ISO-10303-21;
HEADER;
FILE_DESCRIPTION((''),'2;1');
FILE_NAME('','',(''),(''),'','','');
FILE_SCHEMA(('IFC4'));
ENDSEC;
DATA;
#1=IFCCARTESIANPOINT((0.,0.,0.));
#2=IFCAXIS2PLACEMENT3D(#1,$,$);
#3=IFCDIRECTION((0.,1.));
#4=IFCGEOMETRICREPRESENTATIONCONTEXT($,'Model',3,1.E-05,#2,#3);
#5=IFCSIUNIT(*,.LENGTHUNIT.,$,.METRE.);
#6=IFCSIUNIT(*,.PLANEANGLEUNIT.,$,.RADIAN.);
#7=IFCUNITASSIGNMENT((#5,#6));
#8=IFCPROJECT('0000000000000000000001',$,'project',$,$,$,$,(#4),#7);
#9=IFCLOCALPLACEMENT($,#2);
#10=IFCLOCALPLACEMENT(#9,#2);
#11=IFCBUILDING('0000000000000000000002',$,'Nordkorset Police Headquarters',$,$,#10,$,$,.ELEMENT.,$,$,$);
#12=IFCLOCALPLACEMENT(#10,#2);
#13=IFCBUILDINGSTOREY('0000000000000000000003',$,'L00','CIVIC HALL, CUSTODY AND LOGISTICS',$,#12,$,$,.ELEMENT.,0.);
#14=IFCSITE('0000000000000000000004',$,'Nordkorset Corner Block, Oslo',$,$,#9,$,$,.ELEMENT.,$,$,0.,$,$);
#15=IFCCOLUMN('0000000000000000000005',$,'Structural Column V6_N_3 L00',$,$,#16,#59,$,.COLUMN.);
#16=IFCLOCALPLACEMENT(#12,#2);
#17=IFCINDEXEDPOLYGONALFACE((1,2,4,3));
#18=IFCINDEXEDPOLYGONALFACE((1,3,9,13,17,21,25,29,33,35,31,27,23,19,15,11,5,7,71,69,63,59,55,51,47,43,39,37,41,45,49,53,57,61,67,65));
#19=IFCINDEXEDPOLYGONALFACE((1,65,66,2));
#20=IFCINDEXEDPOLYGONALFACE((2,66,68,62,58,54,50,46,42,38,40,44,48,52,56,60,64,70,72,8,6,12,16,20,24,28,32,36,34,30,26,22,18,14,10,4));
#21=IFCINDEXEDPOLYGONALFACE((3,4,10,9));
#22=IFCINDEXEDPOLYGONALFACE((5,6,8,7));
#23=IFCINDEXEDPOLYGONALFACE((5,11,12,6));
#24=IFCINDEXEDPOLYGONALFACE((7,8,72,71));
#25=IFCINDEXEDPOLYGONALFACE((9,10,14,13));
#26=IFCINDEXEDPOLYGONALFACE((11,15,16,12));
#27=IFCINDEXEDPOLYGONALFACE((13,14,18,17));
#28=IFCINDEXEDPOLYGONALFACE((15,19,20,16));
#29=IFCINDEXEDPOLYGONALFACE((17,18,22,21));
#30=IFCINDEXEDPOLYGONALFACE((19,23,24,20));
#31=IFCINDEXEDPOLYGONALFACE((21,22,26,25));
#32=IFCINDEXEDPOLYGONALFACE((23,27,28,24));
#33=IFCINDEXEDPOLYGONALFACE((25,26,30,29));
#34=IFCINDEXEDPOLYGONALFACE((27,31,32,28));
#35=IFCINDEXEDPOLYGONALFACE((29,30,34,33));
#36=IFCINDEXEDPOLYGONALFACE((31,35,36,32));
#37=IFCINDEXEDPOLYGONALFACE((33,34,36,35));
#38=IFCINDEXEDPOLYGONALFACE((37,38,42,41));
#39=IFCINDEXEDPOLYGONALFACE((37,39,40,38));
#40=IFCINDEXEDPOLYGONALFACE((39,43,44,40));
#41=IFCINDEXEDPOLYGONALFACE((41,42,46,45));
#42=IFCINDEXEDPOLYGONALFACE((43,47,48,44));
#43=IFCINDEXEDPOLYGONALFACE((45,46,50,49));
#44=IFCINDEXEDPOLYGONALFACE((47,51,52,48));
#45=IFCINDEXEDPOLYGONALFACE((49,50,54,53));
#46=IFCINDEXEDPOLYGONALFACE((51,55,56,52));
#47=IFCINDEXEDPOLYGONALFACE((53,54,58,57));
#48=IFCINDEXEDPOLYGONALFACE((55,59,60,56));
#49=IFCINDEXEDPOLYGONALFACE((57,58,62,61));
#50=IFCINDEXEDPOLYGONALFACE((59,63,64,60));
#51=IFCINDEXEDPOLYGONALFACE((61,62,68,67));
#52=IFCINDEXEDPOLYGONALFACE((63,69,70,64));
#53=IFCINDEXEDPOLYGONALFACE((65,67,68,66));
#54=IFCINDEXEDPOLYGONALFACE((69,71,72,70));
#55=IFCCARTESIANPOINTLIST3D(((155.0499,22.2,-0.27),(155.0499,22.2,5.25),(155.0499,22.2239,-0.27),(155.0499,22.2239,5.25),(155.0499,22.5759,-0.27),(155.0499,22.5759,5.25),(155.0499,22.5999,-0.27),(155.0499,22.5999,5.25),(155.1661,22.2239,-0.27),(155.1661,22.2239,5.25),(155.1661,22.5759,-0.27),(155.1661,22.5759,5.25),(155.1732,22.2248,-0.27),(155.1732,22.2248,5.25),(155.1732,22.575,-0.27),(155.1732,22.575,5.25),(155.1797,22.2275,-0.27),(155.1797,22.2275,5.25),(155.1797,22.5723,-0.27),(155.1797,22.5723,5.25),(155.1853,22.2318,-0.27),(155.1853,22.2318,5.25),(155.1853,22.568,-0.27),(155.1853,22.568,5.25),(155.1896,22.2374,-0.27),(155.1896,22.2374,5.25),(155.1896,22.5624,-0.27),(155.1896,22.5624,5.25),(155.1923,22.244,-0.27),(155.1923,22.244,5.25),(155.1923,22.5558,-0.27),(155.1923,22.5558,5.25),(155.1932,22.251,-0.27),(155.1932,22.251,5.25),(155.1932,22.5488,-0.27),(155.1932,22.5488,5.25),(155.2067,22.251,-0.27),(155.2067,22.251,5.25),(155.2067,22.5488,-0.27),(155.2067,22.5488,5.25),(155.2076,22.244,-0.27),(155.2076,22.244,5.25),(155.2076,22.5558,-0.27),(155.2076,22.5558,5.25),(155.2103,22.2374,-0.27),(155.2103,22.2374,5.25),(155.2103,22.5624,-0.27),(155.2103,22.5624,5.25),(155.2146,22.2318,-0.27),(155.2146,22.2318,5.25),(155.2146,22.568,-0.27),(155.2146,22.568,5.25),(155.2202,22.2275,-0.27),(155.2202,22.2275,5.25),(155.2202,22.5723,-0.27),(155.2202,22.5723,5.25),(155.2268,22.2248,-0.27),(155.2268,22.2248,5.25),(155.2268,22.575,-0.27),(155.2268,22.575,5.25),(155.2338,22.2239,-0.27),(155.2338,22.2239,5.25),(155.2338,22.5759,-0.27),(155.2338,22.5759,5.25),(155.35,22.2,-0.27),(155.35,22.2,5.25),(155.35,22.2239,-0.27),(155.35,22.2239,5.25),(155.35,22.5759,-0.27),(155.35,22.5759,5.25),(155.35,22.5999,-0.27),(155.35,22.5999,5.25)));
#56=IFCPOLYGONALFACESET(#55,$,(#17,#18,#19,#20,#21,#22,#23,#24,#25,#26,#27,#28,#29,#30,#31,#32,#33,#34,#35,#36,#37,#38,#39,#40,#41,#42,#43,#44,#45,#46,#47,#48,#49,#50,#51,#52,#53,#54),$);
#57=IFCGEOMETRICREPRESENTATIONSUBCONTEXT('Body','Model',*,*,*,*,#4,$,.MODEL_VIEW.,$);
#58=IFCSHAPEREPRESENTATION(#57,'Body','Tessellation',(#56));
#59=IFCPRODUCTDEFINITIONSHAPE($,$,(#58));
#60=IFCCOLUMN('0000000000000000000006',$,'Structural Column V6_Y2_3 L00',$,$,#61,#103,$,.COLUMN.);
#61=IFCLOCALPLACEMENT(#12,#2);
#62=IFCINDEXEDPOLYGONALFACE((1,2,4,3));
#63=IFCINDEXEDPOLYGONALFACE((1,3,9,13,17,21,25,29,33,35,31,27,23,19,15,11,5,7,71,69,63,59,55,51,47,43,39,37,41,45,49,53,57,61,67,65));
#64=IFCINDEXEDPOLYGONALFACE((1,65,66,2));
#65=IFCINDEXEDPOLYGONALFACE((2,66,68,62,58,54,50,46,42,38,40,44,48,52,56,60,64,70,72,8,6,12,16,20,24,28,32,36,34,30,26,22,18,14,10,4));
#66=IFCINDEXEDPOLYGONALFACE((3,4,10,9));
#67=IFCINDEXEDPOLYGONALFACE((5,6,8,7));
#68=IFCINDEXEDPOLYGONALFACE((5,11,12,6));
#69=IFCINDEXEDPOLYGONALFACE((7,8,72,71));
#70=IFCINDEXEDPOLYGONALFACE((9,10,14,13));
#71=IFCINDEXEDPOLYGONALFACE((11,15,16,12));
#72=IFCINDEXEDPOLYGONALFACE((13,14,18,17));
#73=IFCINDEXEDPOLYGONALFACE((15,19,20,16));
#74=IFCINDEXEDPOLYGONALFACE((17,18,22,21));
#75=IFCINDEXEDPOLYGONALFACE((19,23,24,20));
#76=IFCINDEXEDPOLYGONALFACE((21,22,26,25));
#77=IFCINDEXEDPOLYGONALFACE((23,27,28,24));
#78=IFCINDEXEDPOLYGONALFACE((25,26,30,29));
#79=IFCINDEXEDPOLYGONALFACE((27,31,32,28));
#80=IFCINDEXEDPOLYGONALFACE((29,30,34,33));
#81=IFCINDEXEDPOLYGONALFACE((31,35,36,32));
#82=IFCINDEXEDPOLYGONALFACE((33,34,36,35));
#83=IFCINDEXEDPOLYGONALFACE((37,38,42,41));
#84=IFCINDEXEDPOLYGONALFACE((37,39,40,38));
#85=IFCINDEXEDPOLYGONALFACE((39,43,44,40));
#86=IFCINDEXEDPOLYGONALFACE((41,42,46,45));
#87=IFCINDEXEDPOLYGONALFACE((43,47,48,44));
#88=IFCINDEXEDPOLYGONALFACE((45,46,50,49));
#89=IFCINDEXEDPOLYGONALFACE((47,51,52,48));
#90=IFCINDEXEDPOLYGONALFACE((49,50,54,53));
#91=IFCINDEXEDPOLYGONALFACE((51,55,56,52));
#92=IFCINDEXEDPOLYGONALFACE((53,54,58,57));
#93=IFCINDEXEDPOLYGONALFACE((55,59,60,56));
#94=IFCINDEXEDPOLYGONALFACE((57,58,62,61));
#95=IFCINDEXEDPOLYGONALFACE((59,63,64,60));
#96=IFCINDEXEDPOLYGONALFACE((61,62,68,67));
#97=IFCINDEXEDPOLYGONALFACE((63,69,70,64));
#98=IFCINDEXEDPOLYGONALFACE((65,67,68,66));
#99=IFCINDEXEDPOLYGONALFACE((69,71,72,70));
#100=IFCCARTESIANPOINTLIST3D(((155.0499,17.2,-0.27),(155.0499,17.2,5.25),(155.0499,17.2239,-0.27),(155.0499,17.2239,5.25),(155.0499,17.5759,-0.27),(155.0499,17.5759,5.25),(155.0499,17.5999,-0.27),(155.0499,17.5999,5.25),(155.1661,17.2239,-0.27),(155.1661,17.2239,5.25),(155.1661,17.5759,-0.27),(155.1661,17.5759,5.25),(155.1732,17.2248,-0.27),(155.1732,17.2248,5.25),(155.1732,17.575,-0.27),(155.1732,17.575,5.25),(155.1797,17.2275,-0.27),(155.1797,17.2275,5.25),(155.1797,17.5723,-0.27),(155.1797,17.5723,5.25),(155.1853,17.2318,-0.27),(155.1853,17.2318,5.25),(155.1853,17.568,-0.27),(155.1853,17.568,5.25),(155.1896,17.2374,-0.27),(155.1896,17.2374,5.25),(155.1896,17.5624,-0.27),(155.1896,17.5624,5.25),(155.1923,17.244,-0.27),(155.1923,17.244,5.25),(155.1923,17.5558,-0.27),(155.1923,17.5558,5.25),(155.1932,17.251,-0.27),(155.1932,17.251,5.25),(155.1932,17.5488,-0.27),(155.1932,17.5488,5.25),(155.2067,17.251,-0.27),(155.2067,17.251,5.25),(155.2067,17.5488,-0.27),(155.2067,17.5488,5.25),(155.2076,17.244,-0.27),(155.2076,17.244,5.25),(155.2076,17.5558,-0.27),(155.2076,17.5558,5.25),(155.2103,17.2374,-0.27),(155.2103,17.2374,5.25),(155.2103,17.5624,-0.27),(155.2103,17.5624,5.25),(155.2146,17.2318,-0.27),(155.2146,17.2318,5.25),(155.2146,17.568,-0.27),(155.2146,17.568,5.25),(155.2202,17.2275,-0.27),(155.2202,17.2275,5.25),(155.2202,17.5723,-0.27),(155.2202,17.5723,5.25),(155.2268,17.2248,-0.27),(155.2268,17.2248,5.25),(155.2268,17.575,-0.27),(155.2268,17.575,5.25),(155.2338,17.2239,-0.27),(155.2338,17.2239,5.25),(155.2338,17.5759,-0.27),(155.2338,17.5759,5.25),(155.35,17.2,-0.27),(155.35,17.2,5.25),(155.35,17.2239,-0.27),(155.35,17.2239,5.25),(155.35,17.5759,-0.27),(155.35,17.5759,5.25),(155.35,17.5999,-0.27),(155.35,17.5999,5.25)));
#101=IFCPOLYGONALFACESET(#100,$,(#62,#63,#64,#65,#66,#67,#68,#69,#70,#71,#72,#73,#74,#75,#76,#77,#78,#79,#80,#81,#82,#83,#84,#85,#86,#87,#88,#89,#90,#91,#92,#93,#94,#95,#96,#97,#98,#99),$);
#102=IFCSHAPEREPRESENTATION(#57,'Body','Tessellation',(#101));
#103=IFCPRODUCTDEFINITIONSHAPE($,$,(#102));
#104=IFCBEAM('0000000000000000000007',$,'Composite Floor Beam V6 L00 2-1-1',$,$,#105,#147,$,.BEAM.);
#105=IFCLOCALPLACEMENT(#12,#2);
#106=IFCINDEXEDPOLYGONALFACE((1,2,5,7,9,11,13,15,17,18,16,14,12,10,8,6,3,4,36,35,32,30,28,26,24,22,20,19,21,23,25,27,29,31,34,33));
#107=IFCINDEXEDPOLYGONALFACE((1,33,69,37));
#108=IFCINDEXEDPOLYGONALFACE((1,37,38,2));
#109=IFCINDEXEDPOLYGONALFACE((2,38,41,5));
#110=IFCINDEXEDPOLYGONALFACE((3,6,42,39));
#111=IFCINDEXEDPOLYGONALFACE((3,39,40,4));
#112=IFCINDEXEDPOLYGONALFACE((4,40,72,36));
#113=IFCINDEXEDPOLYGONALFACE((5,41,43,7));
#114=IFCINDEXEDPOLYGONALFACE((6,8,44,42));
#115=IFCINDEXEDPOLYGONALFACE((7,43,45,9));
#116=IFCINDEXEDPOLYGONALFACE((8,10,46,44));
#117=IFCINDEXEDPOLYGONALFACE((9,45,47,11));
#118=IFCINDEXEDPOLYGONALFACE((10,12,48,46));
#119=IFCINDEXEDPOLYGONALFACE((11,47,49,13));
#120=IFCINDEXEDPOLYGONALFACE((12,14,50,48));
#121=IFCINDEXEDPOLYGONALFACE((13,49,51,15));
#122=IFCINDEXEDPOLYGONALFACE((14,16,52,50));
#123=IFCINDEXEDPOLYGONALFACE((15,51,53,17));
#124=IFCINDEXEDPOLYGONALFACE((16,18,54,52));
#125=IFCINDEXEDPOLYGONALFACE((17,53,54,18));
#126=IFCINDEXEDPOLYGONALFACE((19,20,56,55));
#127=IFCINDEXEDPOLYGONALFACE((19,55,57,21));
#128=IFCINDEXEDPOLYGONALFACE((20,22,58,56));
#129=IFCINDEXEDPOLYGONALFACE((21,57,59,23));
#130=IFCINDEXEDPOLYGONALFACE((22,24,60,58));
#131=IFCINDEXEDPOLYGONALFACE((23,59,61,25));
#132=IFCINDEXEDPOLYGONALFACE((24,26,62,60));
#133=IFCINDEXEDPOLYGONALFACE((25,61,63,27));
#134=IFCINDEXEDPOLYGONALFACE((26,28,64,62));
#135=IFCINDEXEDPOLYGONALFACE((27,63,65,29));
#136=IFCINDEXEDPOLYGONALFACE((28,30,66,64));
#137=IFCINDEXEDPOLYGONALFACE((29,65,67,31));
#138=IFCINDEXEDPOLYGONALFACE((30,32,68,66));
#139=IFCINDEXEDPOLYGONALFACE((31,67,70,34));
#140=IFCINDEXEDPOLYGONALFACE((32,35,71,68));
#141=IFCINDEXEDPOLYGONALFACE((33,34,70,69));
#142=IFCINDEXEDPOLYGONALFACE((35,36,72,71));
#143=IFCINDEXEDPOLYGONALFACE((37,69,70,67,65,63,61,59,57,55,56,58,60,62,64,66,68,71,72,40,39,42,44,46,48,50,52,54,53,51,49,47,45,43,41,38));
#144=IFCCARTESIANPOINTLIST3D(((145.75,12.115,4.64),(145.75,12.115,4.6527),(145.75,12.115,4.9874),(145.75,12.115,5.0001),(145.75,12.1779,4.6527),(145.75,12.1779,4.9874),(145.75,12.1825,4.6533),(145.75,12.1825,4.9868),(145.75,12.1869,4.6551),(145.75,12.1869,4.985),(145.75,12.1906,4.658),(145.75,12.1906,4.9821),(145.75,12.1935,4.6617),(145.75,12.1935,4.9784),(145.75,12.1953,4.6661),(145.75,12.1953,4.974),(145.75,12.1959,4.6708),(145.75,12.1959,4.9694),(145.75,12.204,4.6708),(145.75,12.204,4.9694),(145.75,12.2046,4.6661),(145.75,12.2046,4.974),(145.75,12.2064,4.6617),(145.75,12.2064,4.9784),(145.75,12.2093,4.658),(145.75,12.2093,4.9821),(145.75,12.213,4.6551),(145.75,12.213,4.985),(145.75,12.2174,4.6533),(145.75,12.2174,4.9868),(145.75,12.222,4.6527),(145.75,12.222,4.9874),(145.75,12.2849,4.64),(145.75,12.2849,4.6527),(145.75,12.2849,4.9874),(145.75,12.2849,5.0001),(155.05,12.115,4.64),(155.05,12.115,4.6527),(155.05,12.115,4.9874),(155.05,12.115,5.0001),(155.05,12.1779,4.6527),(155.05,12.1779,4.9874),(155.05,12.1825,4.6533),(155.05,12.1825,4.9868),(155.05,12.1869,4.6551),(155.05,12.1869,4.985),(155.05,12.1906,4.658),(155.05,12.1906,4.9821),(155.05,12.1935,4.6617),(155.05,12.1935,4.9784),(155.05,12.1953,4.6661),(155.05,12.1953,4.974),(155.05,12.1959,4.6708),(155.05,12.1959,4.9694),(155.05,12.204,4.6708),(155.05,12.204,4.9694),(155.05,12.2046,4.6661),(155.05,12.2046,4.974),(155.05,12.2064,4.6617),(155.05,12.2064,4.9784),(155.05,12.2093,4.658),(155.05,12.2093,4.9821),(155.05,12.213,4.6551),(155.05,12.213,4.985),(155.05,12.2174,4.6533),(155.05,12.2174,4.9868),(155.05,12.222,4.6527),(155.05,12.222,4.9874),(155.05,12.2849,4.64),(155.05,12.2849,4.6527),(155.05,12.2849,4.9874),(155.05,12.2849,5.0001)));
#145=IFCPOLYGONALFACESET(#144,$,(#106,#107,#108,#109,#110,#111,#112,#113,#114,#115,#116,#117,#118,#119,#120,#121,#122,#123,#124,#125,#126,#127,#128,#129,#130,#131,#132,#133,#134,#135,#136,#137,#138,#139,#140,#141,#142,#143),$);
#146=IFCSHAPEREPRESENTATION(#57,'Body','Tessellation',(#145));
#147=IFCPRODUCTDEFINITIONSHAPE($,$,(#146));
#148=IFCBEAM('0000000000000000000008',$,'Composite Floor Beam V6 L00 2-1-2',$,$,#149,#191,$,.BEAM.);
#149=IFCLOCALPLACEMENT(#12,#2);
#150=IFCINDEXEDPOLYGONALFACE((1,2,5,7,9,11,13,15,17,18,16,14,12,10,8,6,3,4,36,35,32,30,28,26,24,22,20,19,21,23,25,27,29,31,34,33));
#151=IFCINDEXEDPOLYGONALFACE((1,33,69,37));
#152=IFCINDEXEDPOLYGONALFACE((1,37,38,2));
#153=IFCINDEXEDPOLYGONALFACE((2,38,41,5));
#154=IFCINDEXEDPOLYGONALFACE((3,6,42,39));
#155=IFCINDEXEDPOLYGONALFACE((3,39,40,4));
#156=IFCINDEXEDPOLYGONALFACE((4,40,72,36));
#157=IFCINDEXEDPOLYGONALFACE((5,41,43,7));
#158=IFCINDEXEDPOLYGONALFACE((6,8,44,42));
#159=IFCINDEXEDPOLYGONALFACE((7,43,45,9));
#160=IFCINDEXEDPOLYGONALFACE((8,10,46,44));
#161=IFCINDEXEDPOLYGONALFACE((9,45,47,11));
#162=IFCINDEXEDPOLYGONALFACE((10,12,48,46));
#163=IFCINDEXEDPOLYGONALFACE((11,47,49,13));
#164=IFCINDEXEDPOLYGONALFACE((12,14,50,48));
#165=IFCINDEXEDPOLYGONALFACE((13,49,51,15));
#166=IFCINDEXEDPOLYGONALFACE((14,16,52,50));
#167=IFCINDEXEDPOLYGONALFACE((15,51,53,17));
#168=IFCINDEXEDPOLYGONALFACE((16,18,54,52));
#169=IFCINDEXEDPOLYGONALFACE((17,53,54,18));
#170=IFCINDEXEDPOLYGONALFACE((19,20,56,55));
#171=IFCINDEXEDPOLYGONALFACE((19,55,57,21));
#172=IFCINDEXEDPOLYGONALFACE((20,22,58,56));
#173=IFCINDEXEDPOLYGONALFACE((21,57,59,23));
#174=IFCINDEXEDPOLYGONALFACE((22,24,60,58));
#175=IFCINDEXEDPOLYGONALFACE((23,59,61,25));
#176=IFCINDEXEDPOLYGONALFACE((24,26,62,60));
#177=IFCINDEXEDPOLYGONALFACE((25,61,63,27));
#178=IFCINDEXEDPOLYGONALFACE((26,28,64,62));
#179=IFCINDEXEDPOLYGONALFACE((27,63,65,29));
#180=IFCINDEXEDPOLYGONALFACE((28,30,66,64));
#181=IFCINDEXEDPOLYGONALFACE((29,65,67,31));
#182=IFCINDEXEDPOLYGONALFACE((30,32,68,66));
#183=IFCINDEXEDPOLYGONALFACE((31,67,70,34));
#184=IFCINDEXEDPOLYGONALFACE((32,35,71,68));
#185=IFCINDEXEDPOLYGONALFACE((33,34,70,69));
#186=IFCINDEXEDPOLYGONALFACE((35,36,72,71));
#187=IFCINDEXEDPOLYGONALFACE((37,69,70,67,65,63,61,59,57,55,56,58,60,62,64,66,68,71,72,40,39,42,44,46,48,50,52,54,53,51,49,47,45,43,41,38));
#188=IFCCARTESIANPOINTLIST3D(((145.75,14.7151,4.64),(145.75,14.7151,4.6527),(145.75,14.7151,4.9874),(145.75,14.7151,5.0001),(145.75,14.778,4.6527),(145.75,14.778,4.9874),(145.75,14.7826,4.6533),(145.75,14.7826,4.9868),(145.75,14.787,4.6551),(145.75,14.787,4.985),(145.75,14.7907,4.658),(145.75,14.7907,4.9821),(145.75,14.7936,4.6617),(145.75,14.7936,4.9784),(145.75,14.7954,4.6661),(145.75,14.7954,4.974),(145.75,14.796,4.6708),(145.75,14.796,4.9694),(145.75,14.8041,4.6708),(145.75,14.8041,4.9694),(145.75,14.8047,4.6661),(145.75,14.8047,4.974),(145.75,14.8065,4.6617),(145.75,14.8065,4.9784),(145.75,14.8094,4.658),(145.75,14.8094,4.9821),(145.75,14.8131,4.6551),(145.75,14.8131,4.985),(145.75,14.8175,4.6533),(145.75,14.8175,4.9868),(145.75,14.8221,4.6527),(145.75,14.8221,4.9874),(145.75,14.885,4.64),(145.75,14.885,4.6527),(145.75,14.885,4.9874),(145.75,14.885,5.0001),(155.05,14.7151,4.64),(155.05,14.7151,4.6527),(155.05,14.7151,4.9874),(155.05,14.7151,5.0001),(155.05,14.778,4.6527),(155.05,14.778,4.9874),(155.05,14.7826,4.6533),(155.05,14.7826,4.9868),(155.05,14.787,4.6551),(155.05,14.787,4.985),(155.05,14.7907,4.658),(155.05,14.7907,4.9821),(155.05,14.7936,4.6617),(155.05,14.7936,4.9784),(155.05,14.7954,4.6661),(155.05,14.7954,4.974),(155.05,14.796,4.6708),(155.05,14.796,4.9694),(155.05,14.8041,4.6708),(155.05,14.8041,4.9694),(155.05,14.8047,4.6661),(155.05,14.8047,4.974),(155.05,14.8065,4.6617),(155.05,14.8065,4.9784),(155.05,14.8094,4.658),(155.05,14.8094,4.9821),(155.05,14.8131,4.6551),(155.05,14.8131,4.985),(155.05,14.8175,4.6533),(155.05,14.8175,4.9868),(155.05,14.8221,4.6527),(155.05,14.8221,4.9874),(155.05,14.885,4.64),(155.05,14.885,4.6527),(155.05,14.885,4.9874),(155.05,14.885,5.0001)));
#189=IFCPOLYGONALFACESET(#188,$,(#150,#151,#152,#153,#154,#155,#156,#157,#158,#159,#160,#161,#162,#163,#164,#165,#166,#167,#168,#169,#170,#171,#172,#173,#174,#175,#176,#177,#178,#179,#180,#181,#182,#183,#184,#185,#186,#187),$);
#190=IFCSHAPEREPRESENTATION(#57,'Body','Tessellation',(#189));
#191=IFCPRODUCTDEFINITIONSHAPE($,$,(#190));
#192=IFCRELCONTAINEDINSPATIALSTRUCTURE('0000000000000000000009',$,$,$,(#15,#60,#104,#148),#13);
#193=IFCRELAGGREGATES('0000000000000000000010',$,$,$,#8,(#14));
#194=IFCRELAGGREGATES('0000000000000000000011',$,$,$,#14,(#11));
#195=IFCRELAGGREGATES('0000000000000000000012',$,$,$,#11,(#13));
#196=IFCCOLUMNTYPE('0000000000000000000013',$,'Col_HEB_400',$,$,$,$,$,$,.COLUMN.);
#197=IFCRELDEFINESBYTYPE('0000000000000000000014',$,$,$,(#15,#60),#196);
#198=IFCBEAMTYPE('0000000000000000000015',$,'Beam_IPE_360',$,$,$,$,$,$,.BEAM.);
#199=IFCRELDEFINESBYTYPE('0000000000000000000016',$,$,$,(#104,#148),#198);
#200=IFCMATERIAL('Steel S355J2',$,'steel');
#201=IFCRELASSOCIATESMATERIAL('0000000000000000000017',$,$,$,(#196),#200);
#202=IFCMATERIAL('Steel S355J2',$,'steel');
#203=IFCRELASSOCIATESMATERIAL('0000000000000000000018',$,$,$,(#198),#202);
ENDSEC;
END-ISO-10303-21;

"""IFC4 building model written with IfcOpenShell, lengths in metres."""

from ifc_helpers import new_model, si_unit, direction, frame, origin, origin_2d, place, context, subcontext, project, spatial, i_section, extrude, material, material_profile, profile_set, type_object, element, save


model = new_model("IFC4")

# Units and contexts
model_context = context("Model", 3, precision=1e-05, world=origin(), true_north=direction((0.0, 1.0)))
body_context = subcontext(model_context, "Body", "Model", "MODEL_VIEW")
ifc_project = project(units=[si_unit("LENGTHUNIT", "METRE"), si_unit("PLANEANGLEUNIT", "RADIAN")], contexts=[model_context])

# Site, building, storey
site_placement = place(None, origin())
site = spatial("IfcSite", under=ifc_project, at=site_placement, Name="Nordkorset Corner Block, Oslo", CompositionType="ELEMENT", RefElevation=0.0)
building_placement = place(site_placement, origin())
building = spatial("IfcBuilding", under=site, at=building_placement, Name="Nordkorset Police Headquarters", CompositionType="ELEMENT")
storey_placement = place(building_placement, origin())
storey = spatial("IfcBuildingStorey", under=building, at=storey_placement, Name="L00", Description="CIVIC HALL, CUSTODY AND LOGISTICS", CompositionType="ELEMENT", Elevation=0.0)

# Columns
ifc_material_1 = material(Name="Steel S355J2", Category="steel")
ifc_material_profile_1 = material_profile(ifc_material_1, i_section(OverallWidth=0.3, OverallDepth=0.3999, WebThickness=0.0134, FlangeThickness=0.0239, FilletRadius=0.0271, at=origin_2d()), Name="HEB 400")
ifc_profile_set_1 = profile_set([ifc_material_profile_1], Name="Steel S355J2")
column_type = type_object("IfcColumnType", Name="Col_HEB_400", PredefinedType="COLUMN", material=ifc_profile_set_1)
for number, where, z_axis, x_axis, name in (
    (1, (155.2, 22.3999, -0.27), (0.0, 0.0, 1.0), (1.0, 0.0, 0.0), "Structural Column V6_N_3 L00"),
    (2, (155.2, 17.3999, -0.27), (0.0, 0.0, 1.0), (1.0, 0.0, 0.0), "Structural Column V6_Y2_3 L00"),
):
    element("IfcColumn", number, at=place(storey_placement, frame(where, z_axis=z_axis, x_axis=x_axis)), inside=storey, type_object=column_type, Name=name, PredefinedType="COLUMN", context=body_context, shape_type="SweptSolid", body=[
        extrude(i_section(OverallWidth=0.3, OverallDepth=0.3999, WebThickness=0.0134, FlangeThickness=0.0239, FilletRadius=0.0271, at=origin_2d()), origin(), (0.0, 0.0, 1.0), 5.52),
    ])

# Beams
ifc_material_2 = material(Name="Steel S355J2", Category="steel")
ifc_material_profile_2 = material_profile(ifc_material_2, i_section(OverallWidth=0.1699, OverallDepth=0.3601, WebThickness=0.0081, FlangeThickness=0.0127, FilletRadius=0.0181, at=origin_2d()), Name="IPE 360")
ifc_profile_set_2 = profile_set([ifc_material_profile_2], Name="Steel S355J2")
beam_type_1 = type_object("IfcBeamType", Name="Beam_IPE_360", PredefinedType="BEAM", material=ifc_profile_set_2)
for number, where, z_axis, x_axis, name in (
    (3, (145.75, 12.2, 4.8201), (1.0, 0.0, 0.0), (0.0, 1.0, 0.0), "Composite Floor Beam V6 L00 2-1-1"),
    (4, (145.75, 14.8, 4.8201), (1.0, 0.0, 0.0), (0.0, 1.0, 0.0), "Composite Floor Beam V6 L00 2-1-2"),
):
    element("IfcBeam", number, at=place(storey_placement, frame(where, z_axis=z_axis, x_axis=x_axis)), inside=storey, type_object=beam_type_1, Name=name, PredefinedType="BEAM", context=body_context, shape_type="SweptSolid", body=[
        extrude(i_section(OverallWidth=0.1699, OverallDepth=0.3601, WebThickness=0.0081, FlangeThickness=0.0127, FilletRadius=0.0181, at=origin_2d()), origin(), (0.0, 0.0, 1.0), 9.3),
    ])

save(model, "model.ifc")
